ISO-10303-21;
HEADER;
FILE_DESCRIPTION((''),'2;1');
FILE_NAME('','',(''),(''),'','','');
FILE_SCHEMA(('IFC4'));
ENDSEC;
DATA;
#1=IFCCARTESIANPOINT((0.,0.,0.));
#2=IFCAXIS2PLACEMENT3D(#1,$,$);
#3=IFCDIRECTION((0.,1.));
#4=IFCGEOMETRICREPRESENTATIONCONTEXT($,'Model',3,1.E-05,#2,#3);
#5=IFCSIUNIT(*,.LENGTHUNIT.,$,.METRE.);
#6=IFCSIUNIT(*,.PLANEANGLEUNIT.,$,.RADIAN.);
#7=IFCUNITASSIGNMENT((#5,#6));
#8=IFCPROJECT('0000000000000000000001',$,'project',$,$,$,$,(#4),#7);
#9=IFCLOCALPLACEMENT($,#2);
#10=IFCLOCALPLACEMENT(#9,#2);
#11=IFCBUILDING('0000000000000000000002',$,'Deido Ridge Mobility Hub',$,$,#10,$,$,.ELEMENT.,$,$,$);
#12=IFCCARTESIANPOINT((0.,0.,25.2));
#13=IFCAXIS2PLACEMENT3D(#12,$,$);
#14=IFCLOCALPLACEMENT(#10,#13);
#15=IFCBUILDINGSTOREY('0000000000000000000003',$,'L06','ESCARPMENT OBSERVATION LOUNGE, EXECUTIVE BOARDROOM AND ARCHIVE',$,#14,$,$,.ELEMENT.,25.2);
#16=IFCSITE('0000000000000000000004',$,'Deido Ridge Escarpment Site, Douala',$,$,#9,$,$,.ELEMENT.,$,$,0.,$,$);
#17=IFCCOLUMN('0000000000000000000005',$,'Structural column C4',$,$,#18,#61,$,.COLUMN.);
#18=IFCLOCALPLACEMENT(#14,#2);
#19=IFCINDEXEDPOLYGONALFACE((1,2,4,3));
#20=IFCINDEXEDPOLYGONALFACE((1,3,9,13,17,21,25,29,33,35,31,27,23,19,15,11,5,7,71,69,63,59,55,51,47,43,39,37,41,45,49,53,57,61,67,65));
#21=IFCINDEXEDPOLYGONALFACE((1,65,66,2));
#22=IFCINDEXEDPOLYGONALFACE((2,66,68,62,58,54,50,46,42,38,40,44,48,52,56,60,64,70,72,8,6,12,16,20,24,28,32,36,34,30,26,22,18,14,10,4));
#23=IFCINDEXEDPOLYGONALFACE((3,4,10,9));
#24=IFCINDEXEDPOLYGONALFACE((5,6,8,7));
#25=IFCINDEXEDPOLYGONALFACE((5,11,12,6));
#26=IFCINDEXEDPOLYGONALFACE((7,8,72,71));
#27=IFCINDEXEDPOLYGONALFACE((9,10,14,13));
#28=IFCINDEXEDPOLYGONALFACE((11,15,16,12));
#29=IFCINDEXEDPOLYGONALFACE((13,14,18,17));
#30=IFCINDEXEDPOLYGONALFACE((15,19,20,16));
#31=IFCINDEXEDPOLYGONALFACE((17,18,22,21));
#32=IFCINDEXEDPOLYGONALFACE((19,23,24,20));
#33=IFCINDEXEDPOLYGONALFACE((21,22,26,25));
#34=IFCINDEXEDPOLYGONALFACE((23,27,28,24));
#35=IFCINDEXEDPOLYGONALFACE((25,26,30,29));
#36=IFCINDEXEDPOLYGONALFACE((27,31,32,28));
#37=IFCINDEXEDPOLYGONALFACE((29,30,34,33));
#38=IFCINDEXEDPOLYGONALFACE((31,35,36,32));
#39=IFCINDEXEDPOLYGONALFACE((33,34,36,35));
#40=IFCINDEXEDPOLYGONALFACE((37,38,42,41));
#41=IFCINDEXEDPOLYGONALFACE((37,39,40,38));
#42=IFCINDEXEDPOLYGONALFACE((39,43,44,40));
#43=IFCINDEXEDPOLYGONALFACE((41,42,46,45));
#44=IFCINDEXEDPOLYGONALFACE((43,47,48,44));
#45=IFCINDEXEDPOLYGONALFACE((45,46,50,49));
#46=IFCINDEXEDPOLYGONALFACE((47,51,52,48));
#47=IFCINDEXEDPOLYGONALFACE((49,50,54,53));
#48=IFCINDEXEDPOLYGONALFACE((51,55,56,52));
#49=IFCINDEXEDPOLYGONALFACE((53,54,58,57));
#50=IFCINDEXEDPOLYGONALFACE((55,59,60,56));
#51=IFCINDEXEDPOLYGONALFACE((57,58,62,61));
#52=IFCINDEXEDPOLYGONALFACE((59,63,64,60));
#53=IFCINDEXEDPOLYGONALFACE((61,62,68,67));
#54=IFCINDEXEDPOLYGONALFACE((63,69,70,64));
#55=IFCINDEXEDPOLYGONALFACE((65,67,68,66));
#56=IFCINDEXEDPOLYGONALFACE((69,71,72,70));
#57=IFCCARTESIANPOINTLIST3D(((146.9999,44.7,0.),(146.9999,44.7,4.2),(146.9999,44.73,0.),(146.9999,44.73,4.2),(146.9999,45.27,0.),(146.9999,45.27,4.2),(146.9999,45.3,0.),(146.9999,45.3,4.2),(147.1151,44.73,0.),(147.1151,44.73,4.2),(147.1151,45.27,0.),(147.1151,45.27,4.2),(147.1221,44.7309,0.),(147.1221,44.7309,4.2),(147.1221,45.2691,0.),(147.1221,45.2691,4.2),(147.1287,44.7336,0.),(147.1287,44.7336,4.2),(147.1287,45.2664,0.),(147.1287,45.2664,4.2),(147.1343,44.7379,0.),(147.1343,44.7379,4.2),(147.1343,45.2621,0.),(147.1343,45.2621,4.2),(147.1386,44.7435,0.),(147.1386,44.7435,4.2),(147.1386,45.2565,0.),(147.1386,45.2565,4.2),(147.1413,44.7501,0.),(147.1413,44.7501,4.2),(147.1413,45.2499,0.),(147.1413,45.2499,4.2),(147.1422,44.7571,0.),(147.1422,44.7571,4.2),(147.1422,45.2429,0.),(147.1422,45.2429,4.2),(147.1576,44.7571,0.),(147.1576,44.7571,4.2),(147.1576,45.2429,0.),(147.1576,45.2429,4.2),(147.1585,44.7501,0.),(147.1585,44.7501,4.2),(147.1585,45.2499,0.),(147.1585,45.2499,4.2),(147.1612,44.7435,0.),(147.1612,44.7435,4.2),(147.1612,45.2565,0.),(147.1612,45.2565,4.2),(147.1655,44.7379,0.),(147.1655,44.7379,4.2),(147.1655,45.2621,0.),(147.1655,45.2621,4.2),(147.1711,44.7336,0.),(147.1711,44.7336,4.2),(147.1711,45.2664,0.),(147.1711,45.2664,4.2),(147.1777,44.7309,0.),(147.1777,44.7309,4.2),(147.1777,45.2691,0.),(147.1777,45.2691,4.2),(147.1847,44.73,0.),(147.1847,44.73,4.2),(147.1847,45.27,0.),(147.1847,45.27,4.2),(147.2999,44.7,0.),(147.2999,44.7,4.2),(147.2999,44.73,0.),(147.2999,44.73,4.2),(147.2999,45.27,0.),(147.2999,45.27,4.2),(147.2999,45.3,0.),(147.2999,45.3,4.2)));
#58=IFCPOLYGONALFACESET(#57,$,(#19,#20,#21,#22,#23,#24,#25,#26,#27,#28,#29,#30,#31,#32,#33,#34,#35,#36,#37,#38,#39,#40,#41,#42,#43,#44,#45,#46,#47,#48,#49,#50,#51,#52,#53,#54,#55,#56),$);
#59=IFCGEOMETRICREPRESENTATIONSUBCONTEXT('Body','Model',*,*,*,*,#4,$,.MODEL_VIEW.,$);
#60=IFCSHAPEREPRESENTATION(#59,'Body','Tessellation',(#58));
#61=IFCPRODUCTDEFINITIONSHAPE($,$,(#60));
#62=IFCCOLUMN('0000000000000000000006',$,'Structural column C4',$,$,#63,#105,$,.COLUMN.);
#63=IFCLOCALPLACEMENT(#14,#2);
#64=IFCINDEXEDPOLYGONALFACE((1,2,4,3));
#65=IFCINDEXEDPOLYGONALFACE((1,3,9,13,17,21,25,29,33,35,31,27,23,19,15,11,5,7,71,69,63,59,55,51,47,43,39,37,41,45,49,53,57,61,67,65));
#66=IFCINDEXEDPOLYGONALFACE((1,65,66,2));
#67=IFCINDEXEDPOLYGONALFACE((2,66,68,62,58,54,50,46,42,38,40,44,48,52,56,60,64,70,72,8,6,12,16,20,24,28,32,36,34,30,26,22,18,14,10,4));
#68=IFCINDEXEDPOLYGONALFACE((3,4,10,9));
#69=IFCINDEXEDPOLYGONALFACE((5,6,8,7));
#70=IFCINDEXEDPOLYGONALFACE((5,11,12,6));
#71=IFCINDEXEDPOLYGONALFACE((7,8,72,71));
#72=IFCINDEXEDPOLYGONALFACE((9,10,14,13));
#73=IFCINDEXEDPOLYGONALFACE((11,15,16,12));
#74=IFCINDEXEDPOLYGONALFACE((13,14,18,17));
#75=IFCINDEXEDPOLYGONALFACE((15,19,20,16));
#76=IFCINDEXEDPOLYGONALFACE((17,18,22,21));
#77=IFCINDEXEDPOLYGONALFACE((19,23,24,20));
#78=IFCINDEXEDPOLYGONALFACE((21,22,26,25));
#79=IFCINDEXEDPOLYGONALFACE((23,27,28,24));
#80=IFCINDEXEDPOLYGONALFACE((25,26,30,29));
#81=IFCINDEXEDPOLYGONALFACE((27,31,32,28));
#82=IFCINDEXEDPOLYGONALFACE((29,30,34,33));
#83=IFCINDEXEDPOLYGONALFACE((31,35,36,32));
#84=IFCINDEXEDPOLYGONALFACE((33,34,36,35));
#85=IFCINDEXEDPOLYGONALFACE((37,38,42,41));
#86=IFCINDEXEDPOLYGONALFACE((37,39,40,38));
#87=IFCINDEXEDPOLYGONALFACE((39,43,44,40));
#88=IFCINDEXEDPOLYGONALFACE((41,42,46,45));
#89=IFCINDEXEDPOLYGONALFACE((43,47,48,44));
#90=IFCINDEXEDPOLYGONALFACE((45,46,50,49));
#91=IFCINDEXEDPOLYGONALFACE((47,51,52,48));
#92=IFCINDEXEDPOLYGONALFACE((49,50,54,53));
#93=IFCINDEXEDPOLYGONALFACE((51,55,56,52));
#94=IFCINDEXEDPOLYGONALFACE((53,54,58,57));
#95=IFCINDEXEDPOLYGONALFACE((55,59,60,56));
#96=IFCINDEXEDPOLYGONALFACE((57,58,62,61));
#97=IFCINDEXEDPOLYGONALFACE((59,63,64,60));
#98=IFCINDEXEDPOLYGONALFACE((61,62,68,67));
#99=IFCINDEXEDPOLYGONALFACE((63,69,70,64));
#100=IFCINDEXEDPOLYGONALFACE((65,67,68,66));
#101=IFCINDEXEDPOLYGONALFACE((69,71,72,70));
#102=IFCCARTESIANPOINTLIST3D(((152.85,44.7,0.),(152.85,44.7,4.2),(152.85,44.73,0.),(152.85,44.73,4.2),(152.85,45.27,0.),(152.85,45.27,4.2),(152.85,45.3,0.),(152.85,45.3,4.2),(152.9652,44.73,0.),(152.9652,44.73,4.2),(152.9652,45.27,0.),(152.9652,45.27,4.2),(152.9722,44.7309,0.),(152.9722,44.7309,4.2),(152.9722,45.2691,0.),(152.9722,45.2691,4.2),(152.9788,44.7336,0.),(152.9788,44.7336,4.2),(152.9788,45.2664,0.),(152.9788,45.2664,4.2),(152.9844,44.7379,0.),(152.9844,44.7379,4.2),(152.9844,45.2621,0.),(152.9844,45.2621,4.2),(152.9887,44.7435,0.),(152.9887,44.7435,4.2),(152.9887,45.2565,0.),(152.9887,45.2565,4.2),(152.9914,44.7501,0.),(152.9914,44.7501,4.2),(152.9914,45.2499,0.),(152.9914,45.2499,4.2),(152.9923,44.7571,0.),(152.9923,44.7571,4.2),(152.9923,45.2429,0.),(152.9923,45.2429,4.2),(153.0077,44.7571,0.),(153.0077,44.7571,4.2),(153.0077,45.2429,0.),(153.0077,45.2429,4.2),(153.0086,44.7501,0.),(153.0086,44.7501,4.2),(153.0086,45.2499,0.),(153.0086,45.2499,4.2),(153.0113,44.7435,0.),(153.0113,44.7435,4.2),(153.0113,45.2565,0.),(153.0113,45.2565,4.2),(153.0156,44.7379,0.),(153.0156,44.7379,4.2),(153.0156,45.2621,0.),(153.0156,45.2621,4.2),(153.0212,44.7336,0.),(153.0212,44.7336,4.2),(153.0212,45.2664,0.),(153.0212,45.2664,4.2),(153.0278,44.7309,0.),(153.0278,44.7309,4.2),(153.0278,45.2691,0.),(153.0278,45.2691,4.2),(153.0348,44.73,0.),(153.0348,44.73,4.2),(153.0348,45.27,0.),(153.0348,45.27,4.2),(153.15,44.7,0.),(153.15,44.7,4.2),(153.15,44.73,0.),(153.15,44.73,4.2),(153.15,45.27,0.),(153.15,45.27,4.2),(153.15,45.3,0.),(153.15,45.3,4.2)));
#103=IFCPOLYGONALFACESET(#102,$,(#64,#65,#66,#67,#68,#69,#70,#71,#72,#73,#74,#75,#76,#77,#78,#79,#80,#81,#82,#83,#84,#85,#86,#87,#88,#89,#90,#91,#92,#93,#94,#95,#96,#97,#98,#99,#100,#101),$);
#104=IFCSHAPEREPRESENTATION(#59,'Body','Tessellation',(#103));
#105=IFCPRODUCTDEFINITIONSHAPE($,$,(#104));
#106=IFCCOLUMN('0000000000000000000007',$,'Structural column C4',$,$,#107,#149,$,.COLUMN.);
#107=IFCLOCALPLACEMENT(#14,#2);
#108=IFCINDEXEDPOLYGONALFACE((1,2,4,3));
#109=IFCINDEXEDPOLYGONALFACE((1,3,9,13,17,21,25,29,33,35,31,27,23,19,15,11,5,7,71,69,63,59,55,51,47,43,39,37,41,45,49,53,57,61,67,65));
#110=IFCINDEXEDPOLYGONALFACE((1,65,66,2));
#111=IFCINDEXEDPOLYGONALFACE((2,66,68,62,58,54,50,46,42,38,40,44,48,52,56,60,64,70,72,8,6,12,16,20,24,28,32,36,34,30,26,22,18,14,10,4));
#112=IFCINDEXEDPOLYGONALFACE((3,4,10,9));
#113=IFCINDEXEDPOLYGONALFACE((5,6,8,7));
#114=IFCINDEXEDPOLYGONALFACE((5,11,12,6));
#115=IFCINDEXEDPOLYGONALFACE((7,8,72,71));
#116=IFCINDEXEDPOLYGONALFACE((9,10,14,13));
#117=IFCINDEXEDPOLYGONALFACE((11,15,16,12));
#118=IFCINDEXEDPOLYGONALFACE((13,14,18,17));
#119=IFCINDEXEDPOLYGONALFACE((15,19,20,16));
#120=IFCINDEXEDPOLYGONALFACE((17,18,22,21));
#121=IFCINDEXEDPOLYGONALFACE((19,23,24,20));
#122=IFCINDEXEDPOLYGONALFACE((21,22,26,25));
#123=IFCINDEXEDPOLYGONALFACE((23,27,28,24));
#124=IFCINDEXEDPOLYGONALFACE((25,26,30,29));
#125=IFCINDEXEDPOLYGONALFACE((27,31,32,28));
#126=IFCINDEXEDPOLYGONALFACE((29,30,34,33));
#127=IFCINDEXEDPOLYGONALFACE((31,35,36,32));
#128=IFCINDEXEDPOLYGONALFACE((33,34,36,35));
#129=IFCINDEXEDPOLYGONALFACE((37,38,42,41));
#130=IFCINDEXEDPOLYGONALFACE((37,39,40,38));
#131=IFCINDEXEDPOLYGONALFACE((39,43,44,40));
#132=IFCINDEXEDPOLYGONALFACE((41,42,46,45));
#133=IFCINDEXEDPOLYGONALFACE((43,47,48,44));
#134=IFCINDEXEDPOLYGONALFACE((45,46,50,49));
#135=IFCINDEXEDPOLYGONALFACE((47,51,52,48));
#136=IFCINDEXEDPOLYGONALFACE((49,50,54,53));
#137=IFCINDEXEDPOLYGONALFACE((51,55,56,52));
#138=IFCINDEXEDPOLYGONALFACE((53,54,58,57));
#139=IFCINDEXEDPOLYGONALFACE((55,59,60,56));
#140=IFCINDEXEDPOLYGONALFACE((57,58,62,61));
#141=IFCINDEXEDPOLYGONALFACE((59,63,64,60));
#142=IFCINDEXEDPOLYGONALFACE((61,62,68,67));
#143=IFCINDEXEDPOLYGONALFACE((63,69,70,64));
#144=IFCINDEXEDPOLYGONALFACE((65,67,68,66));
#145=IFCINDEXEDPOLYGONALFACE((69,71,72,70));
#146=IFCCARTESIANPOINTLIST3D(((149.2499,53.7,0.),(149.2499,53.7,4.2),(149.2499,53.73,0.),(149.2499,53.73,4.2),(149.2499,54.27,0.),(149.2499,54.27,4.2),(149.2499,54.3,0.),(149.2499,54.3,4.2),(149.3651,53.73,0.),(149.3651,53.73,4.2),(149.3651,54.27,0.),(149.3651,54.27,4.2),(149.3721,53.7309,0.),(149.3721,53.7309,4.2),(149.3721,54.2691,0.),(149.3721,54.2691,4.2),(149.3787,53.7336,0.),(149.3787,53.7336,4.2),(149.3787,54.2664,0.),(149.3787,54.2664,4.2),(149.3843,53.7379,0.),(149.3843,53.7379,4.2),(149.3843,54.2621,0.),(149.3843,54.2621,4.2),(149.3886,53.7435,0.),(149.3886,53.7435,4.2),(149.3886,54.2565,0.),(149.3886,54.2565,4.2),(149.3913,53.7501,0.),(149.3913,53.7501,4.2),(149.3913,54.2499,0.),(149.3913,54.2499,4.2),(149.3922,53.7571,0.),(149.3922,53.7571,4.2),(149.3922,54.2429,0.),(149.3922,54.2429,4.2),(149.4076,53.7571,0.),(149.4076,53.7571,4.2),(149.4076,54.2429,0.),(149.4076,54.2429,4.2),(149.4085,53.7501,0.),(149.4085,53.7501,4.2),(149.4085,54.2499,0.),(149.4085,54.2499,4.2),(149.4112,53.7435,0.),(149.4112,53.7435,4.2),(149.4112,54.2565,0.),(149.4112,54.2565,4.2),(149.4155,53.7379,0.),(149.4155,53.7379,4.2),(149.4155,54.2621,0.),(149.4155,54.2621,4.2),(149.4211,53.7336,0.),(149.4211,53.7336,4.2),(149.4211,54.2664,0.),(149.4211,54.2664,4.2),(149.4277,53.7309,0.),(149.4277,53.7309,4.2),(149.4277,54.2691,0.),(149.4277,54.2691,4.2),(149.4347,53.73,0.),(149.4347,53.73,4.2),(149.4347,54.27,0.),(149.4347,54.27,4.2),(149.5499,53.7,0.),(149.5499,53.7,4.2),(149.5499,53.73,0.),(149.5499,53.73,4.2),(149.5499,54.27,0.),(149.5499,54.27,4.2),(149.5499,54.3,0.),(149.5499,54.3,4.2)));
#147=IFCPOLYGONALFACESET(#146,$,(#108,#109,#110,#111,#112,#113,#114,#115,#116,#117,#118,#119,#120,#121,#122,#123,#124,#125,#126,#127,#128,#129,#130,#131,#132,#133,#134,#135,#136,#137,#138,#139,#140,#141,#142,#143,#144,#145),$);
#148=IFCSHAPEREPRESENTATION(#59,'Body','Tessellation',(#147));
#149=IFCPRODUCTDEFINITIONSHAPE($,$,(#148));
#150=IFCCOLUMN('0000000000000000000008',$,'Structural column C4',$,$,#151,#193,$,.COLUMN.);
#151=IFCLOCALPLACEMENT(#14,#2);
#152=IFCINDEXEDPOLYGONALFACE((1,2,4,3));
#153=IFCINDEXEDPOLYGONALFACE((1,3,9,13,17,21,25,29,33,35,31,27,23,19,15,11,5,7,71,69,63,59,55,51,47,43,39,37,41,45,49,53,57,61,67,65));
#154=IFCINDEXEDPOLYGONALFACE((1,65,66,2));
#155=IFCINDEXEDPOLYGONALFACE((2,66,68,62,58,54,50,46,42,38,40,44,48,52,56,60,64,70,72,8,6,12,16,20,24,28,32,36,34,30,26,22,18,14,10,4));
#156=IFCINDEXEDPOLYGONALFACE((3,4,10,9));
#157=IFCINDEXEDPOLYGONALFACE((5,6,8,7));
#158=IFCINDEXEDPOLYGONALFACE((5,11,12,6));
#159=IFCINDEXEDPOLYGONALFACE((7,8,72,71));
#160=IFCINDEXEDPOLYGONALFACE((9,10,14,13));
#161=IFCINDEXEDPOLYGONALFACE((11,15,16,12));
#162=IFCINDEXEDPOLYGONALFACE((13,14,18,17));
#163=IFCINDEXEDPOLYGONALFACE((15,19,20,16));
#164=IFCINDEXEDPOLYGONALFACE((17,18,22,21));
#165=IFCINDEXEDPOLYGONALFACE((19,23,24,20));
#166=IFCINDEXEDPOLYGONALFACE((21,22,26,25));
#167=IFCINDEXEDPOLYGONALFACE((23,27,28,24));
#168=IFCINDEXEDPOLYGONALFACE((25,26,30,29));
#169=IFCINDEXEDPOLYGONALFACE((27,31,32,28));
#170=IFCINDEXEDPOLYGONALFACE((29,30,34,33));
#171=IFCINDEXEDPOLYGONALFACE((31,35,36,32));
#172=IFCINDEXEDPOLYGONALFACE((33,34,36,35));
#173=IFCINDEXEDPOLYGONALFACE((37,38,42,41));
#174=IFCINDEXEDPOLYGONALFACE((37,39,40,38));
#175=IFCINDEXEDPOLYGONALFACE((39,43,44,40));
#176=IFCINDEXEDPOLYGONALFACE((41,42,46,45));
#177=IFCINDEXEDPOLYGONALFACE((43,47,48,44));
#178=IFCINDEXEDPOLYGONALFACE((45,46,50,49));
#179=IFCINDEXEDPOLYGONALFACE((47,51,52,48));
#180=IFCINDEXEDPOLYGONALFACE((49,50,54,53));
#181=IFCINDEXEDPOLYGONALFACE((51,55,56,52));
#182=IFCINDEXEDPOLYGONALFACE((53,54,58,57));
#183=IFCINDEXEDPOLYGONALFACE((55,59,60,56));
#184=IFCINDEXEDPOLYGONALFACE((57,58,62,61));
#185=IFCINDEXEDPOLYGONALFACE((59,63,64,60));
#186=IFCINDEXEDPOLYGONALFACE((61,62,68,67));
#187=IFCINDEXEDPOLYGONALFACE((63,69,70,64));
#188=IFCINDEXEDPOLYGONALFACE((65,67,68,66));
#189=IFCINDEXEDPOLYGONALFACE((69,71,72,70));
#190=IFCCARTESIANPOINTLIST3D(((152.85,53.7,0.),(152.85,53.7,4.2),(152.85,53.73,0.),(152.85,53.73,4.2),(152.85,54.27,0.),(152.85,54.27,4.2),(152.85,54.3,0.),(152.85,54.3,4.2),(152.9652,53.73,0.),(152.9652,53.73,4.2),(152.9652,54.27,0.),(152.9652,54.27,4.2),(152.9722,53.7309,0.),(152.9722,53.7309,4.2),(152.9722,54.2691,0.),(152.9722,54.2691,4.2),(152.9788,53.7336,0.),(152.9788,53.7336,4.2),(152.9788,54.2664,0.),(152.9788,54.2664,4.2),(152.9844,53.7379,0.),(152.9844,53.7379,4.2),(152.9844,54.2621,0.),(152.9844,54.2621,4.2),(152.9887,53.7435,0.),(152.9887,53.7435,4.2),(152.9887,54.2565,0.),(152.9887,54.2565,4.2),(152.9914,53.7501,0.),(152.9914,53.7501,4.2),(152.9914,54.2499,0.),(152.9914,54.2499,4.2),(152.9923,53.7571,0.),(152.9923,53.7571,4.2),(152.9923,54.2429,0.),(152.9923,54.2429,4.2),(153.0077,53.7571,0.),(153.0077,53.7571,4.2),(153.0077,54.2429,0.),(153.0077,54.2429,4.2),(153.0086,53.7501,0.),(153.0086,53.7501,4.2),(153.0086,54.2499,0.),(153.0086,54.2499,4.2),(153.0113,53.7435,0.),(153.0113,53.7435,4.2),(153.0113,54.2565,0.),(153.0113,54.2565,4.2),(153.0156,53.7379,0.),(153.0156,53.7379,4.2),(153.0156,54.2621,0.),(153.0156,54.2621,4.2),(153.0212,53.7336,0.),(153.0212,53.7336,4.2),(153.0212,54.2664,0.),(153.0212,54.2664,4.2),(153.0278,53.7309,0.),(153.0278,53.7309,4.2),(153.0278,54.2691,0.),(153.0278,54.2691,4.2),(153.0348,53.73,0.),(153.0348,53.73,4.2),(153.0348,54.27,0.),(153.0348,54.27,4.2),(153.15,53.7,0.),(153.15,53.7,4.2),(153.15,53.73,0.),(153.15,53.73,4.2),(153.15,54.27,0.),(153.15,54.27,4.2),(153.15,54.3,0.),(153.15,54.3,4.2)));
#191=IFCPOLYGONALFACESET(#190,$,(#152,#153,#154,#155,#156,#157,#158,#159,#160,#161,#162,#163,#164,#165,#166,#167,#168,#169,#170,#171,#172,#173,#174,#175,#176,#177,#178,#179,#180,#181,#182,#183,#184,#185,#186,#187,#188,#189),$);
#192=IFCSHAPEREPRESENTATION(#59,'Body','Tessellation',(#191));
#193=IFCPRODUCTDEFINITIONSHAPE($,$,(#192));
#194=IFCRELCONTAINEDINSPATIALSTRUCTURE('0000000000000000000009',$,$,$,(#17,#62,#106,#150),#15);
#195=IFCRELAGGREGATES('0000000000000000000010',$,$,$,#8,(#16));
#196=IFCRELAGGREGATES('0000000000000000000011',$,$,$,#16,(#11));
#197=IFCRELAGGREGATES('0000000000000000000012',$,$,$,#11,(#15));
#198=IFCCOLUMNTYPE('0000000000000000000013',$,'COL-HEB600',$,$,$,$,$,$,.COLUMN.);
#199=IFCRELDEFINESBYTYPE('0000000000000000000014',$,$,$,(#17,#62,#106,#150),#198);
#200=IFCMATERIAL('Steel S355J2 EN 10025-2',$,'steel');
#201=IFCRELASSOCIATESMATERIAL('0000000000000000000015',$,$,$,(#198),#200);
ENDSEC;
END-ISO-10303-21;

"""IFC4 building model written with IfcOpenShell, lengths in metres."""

from ifc_helpers import new_model, si_unit, direction, frame, origin, origin_2d, place, context, subcontext, project, spatial, i_section, extrude, material, material_profile, profile_set, type_object, element, save


model = new_model("IFC4")

# Units and contexts
model_context = context("Model", 3, precision=1e-05, world=origin(), true_north=direction((0.0, 1.0)))
body_context = subcontext(model_context, "Body", "Model", "MODEL_VIEW")
ifc_project = project(units=[si_unit("LENGTHUNIT", "METRE"), si_unit("PLANEANGLEUNIT", "RADIAN")], contexts=[model_context])

# Site, building, storey
site_placement = place(None, origin())
site = spatial("IfcSite", under=ifc_project, at=site_placement, Name="Deido Ridge Escarpment Site, Douala", CompositionType="ELEMENT", RefElevation=0.0)
building_placement = place(site_placement, origin())
building = spatial("IfcBuilding", under=site, at=building_placement, Name="Deido Ridge Mobility Hub", CompositionType="ELEMENT")
storey_placement = place(building_placement, frame((0.0, 0.0, 25.2)))
storey = spatial("IfcBuildingStorey", under=building, at=storey_placement, Name="L06", Description="ESCARPMENT OBSERVATION LOUNGE, EXECUTIVE BOARDROOM AND ARCHIVE", CompositionType="ELEMENT", Elevation=25.2)

# Columns
ifc_material_1 = material(Name="Steel S355J2 EN 10025-2", Category="steel")
ifc_material_profile_1 = material_profile(ifc_material_1, i_section(OverallWidth=0.3, OverallDepth=0.6001, WebThickness=0.0154, FlangeThickness=0.03, FilletRadius=0.0271, at=origin_2d()), Name="HEB 600")
ifc_profile_set_1 = profile_set([ifc_material_profile_1], Name="Steel S355J2 EN 10025-2")
column_type = type_object("IfcColumnType", Name="COL-HEB600", PredefinedType="COLUMN", material=ifc_profile_set_1)
for number, where, z_axis, x_axis, name in (
    (1, (147.1499, 45.0, 0.0), (0.0, 0.0, 1.0), (1.0, 0.0, 0.0), "Structural column C4"),
    (2, (153.0, 45.0, 0.0), (0.0, 0.0, 1.0), (1.0, 0.0, 0.0), "Structural column C4"),
    (3, (149.3999, 54.0, 0.0), (0.0, 0.0, 1.0), (1.0, 0.0, 0.0), "Structural column C4"),
    (4, (153.0, 54.0, 0.0), (0.0, 0.0, 1.0), (1.0, 0.0, 0.0), "Structural column C4"),
):
    element("IfcColumn", number, at=place(storey_placement, frame(where, z_axis=z_axis, x_axis=x_axis)), inside=storey, type_object=column_type, Name=name, PredefinedType="COLUMN", context=body_context, shape_type="SweptSolid", body=[
        extrude(i_section(OverallWidth=0.3, OverallDepth=0.6001, WebThickness=0.0154, FlangeThickness=0.03, FilletRadius=0.0271, at=origin_2d()), origin(), (0.0, 0.0, 1.0), 4.2),
    ])

save(model, "model.ifc")
